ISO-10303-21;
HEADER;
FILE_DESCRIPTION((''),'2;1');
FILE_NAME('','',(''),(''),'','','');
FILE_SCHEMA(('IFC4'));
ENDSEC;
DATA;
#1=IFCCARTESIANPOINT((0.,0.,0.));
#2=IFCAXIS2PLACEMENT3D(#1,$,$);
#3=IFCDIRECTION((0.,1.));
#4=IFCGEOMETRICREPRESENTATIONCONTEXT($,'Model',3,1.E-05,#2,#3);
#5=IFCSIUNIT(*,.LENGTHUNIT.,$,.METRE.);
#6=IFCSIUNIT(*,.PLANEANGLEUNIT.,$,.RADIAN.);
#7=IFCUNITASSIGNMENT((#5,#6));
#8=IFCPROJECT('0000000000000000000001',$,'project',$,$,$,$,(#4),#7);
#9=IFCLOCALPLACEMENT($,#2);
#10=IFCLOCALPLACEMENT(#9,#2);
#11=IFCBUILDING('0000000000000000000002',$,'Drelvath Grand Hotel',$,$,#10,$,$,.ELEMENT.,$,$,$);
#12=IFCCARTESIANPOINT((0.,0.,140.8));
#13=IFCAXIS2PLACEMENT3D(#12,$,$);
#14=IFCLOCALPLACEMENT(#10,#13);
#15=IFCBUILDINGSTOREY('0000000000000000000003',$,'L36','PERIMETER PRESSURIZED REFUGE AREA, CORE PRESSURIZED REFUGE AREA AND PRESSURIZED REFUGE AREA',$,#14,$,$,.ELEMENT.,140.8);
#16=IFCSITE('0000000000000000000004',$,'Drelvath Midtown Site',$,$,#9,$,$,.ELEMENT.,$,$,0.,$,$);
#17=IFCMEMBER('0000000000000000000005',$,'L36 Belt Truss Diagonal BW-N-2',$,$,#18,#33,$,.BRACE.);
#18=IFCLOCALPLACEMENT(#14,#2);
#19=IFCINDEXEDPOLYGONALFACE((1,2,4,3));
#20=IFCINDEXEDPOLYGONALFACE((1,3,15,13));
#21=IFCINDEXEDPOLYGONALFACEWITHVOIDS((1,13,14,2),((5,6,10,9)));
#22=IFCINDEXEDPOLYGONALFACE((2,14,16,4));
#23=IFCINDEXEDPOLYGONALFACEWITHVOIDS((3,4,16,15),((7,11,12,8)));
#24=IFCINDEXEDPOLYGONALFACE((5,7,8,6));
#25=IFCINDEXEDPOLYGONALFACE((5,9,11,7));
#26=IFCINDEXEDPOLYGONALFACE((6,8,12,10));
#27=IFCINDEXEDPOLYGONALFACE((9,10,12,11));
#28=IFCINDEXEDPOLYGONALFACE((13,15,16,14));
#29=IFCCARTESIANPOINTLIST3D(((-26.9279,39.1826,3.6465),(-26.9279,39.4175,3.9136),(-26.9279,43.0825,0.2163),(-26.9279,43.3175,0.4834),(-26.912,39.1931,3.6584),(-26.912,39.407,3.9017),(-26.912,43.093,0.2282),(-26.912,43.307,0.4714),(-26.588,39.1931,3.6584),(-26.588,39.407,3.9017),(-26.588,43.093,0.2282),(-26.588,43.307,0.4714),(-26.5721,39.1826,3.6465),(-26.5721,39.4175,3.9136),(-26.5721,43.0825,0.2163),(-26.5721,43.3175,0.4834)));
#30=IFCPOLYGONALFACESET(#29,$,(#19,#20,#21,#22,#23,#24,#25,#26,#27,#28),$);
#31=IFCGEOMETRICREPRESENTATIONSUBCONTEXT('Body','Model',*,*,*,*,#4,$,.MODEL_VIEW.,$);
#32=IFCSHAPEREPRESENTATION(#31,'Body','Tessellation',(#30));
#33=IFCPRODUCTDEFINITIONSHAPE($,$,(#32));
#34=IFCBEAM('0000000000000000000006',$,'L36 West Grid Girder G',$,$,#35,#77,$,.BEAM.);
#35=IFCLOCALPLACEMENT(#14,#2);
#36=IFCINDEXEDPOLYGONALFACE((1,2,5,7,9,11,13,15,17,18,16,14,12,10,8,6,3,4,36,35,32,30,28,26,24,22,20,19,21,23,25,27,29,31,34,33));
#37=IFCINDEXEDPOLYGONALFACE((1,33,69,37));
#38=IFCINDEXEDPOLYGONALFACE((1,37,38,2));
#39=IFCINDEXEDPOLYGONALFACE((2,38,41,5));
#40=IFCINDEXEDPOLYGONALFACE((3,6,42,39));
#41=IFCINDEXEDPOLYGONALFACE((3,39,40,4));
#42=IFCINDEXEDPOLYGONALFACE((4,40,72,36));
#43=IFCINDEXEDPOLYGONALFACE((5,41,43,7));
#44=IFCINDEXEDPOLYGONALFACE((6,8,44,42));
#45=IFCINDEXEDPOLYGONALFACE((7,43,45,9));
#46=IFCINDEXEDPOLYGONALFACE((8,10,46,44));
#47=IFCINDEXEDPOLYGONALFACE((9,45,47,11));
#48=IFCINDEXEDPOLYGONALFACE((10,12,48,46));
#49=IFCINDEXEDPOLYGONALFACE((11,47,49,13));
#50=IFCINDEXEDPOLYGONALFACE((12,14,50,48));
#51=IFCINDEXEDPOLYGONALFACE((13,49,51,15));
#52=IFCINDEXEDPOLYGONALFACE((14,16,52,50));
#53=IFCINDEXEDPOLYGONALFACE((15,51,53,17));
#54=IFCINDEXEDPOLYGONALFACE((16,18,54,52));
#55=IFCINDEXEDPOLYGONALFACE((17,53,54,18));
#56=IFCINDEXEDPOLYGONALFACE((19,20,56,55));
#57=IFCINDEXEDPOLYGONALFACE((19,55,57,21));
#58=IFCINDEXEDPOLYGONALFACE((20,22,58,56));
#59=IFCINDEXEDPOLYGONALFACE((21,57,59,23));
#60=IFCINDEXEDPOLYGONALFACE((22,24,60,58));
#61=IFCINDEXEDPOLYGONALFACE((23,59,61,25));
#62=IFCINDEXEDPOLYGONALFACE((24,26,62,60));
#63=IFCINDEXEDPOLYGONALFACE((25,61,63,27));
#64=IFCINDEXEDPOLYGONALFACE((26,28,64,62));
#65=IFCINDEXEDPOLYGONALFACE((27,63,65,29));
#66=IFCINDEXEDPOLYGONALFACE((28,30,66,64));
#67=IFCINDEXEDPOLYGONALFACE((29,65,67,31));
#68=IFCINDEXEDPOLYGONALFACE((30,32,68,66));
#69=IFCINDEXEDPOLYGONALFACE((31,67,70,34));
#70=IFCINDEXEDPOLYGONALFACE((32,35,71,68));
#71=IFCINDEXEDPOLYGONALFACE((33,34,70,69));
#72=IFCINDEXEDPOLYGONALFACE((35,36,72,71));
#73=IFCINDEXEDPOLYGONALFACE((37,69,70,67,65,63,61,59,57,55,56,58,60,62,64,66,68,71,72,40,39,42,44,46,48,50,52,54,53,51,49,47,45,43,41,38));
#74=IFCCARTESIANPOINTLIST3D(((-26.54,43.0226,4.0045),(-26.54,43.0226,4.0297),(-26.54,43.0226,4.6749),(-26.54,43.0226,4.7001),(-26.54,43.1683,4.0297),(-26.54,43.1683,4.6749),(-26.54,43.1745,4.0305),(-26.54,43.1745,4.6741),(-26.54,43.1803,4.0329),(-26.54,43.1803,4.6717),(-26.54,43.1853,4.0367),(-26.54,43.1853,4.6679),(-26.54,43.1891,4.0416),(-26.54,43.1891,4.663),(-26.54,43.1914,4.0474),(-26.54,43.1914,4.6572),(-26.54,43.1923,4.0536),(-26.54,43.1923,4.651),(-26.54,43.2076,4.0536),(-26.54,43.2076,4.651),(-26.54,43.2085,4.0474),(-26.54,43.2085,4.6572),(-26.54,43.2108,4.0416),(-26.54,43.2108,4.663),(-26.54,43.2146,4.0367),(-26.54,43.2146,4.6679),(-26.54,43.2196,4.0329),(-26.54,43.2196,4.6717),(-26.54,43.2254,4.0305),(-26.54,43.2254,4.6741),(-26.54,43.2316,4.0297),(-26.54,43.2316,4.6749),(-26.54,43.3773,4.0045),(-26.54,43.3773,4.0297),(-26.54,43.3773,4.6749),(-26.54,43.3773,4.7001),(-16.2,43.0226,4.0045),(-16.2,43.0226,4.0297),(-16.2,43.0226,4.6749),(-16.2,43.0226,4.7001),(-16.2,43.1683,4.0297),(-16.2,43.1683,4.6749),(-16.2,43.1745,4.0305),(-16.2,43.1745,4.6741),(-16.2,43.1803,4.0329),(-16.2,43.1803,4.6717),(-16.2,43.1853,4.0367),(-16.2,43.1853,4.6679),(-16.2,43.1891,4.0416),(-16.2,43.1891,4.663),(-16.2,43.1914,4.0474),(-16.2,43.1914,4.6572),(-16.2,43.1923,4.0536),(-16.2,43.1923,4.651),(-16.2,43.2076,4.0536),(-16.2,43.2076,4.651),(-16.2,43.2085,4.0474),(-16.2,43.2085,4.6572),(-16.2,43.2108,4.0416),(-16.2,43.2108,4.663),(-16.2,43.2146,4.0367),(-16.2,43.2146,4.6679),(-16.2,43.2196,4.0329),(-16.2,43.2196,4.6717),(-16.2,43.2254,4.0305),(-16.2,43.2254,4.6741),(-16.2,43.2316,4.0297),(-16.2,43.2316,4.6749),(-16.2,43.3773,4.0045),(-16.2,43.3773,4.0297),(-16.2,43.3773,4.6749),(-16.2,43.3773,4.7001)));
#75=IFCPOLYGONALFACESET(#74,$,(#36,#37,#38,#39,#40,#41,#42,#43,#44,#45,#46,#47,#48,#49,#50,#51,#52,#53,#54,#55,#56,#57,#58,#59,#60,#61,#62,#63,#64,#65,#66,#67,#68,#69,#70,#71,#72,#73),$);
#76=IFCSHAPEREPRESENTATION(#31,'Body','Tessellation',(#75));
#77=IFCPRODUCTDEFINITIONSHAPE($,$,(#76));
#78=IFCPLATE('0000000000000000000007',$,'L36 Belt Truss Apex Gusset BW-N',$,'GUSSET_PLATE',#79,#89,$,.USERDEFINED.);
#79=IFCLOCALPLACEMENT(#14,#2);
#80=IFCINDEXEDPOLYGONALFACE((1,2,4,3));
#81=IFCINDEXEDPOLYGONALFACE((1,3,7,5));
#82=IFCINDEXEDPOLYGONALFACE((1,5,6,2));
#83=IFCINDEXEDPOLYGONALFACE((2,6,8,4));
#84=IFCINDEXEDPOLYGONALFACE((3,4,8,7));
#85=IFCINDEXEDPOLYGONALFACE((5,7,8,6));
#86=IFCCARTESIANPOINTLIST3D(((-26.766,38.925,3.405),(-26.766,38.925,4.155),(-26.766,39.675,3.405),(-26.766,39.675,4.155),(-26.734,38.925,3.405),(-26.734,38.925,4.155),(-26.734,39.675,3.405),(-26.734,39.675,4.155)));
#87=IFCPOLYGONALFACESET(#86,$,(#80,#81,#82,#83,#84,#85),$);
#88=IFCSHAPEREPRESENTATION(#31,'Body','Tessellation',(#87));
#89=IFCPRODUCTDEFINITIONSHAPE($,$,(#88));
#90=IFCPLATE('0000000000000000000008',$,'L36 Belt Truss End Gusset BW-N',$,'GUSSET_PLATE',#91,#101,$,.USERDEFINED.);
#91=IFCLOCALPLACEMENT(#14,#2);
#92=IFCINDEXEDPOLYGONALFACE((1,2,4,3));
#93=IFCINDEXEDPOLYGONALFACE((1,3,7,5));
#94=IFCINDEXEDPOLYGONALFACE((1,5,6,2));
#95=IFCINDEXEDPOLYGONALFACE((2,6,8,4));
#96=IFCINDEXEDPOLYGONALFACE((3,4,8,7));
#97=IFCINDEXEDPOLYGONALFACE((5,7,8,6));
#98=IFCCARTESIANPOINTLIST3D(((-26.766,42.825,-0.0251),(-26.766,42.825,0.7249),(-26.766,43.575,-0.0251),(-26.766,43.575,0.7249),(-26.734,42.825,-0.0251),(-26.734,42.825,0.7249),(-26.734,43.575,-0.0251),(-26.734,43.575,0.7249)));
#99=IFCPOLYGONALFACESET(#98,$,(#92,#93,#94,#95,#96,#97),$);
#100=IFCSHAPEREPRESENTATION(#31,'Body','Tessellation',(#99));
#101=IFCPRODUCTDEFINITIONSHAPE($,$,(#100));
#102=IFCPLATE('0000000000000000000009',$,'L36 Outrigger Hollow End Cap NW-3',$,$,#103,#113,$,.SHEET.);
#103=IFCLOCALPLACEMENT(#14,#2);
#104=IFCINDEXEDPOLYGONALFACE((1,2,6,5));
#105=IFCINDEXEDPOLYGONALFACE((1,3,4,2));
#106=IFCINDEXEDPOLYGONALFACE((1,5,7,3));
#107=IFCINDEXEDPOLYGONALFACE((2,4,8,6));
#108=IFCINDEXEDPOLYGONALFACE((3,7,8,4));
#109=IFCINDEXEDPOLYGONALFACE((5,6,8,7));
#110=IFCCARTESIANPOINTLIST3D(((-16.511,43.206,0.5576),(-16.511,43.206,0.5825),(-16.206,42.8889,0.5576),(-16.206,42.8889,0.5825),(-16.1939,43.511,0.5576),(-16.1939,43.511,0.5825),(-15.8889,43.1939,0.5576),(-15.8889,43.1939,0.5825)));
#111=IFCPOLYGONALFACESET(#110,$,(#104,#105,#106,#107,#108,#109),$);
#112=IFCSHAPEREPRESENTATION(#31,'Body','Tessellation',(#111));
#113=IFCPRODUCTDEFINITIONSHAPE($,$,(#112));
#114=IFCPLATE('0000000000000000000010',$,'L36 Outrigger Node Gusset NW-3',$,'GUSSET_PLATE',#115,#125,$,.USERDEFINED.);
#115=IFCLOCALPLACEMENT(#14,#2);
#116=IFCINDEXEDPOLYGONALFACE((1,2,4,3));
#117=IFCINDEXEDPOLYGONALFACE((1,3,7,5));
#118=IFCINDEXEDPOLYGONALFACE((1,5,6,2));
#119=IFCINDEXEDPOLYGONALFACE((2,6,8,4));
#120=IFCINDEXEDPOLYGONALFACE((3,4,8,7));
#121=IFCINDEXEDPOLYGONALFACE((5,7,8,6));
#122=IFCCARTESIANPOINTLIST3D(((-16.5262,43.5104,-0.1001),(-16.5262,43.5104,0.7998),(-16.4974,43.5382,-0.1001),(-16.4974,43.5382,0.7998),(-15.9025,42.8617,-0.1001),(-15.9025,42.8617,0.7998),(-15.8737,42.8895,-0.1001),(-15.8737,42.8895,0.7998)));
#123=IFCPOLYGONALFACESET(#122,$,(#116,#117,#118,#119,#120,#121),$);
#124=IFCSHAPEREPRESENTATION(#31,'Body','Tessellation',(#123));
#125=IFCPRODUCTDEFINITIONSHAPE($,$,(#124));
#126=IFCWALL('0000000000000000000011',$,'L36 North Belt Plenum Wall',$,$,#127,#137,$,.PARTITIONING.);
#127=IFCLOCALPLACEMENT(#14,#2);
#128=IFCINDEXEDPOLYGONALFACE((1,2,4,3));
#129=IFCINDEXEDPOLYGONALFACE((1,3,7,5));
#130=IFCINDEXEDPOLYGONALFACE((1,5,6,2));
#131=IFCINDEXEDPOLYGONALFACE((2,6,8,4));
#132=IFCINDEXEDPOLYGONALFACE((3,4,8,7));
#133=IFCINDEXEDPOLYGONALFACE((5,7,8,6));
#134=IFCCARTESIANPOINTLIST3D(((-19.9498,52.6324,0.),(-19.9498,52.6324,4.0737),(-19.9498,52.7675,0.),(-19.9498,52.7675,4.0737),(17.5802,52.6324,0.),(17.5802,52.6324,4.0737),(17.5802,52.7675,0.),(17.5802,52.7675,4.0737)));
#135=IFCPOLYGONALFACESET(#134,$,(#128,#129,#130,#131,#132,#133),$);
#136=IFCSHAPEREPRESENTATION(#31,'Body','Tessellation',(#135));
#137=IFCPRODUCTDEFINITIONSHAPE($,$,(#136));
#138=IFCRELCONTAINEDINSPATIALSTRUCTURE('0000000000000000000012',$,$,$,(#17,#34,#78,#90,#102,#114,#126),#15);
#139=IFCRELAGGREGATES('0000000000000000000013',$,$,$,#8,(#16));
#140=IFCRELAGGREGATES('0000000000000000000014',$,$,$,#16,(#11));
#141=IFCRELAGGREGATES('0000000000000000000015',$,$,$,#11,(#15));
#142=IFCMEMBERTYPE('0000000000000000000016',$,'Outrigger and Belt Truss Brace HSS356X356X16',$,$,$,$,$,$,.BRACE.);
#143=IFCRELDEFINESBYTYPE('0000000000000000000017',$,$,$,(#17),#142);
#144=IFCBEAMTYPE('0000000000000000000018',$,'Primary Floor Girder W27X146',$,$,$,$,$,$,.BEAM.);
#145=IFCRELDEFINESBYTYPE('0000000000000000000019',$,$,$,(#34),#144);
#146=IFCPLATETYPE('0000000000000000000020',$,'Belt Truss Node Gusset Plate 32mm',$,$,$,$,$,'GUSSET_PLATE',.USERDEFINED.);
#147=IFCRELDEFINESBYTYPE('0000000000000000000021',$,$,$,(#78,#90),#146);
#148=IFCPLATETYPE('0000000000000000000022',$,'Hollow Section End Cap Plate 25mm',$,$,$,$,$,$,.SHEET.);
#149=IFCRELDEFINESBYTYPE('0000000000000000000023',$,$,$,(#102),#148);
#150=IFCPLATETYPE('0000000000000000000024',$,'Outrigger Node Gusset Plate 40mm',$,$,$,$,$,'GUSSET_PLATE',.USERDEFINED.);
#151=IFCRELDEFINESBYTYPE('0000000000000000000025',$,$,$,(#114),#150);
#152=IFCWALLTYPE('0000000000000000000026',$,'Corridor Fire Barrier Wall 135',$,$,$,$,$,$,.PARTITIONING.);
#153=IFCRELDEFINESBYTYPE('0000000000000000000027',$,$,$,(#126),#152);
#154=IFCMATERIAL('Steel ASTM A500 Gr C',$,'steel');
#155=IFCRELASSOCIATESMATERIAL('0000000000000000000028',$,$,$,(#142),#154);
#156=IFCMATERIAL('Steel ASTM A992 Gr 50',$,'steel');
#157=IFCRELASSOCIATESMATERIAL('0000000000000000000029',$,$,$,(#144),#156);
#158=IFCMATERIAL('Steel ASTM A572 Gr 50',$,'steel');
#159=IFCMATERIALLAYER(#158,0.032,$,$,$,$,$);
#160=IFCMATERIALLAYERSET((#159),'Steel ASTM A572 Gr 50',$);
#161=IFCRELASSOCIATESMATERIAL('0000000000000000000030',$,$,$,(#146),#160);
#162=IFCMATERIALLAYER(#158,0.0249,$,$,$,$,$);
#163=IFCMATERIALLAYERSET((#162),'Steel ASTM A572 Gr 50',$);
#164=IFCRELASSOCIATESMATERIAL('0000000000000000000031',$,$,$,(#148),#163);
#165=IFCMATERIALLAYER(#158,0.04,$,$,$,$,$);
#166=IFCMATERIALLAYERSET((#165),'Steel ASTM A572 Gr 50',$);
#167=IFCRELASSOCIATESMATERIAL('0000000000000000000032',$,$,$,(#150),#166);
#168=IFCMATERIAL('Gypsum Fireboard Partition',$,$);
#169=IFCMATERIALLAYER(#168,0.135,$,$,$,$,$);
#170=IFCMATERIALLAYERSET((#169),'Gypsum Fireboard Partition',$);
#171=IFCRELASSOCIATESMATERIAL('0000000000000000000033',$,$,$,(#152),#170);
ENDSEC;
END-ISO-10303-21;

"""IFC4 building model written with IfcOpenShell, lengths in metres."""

from ifc_helpers import new_model, si_unit, direction, frame, frame_2d, origin, origin_2d, place, context, subcontext, project, spatial, rectangle, hollow_rectangle, i_section, extrude, material, layer, layer_set, material_profile, profile_set, type_object, element, save


model = new_model("IFC4")

# Units and contexts
model_context = context("Model", 3, precision=1e-05, world=origin(), true_north=direction((0.0, 1.0)))
body_context = subcontext(model_context, "Body", "Model", "MODEL_VIEW")
ifc_project = project(units=[si_unit("LENGTHUNIT", "METRE"), si_unit("PLANEANGLEUNIT", "RADIAN")], contexts=[model_context])

# Site, building, storey
site_placement = place(None, origin())
site = spatial("IfcSite", under=ifc_project, at=site_placement, Name="Drelvath Midtown Site", CompositionType="ELEMENT", RefElevation=0.0)
building_placement = place(site_placement, origin())
building = spatial("IfcBuilding", under=site, at=building_placement, Name="Drelvath Grand Hotel", CompositionType="ELEMENT")
storey_placement = place(building_placement, frame((0.0, 0.0, 140.8)))
storey = spatial("IfcBuildingStorey", under=building, at=storey_placement, Name="L36", Description="PERIMETER PRESSURIZED REFUGE AREA, CORE PRESSURIZED REFUGE AREA AND PRESSURIZED REFUGE AREA", CompositionType="ELEMENT", Elevation=140.8)

# Shared definitions
ifc_material_1 = material(Name="Steel ASTM A572 Gr 50", Category="steel")
ifc_material_2 = material(Name="Steel ASTM A992 Gr 50", Category="steel")

# Member
ifc_material_3 = material(Name="Steel ASTM A500 Gr C", Category="steel")
ifc_material_profile_1 = material_profile(ifc_material_3, hollow_rectangle(XDim=0.3557, YDim=0.3557, WallThickness=0.0159, at=origin_2d()), Name="HSS356X356X16")
ifc_profile_set_1 = profile_set([ifc_material_profile_1], Name="Steel ASTM A500 Gr C")
member_type = type_object("IfcMemberType", Name="Outrigger and Belt Truss Brace HSS356X356X16", PredefinedType="BRACE", material=ifc_profile_set_1)
member_placement = place(storey_placement, frame((-26.75, 39.3, 3.78), z_axis=(0.0, 0.750879, -0.660439), x_axis=(-1.0, 0.0, 0.0)))
element("IfcMember", 1, at=member_placement, inside=storey, type_object=member_type, Name="L36 Belt Truss Diagonal BW-N-2", PredefinedType="BRACE", context=body_context, shape_type="SweptSolid", body=[
    extrude(hollow_rectangle(XDim=0.3557, YDim=0.3557, WallThickness=0.0159, at=origin_2d()), origin(), (0.0, 0.0, 1.0), 5.1938),
])

# Beam
ifc_material_profile_2 = material_profile(ifc_material_2, i_section(OverallWidth=0.3547, OverallDepth=0.6956, WebThickness=0.0154, FlangeThickness=0.0251, FilletRadius=0.0239, at=origin_2d()), Name="W27X146")
ifc_profile_set_2 = profile_set([ifc_material_profile_2], Name="Steel ASTM A992 Gr 50")
beam_type_1 = type_object("IfcBeamType", Name="Primary Floor Girder W27X146", PredefinedType="BEAM", material=ifc_profile_set_2)
beam_1_placement = place(storey_placement, frame((-26.54, 43.2, 4.3523), z_axis=(1.0, 0.0, 0.0), x_axis=(0.0, 1.0, 0.0)))
element("IfcBeam", 2, at=beam_1_placement, inside=storey, type_object=beam_type_1, Name="L36 West Grid Girder G", PredefinedType="BEAM", context=body_context, shape_type="SweptSolid", body=[
    extrude(i_section(OverallWidth=0.3547, OverallDepth=0.6956, WebThickness=0.0154, FlangeThickness=0.0251, FilletRadius=0.0239, at=origin_2d()), origin(), (0.0, 0.0, 1.0), 10.3401),
])

# Plates
ifc_layer_1 = layer(ifc_material_1, 0.032)
ifc_layer_set_1 = layer_set([ifc_layer_1], Name="Steel ASTM A572 Gr 50")
plate_type_1 = type_object("IfcPlateType", Name="Belt Truss Node Gusset Plate 32mm", ElementType="GUSSET_PLATE", PredefinedType="USERDEFINED", material=ifc_layer_set_1)
for number, where, z_axis, x_axis, name in (
    (3, (-26.75, 39.3, 3.405), (0.0, 0.0, 1.0), (0.0, 1.0, 0.0), "L36 Belt Truss Apex Gusset BW-N"),
    (4, (-26.75, 43.2, -0.0251), (0.0, 0.0, 1.0), (0.0, 1.0, 0.0), "L36 Belt Truss End Gusset BW-N"),
):
    element("IfcPlate", number, at=place(storey_placement, frame(where, z_axis=z_axis, x_axis=x_axis)), inside=storey, type_object=plate_type_1, Name=name, ObjectType="GUSSET_PLATE", PredefinedType="USERDEFINED", context=body_context, shape_type="SweptSolid", body=[
        extrude(rectangle(XDim=0.75, YDim=0.032, at=origin_2d()), origin(), (0.0, 0.0, 1.0), 0.75),
    ])
ifc_layer_2 = layer(ifc_material_1, 0.0249)
ifc_layer_set_2 = layer_set([ifc_layer_2], Name="Steel ASTM A572 Gr 50")
plate_type_2 = type_object("IfcPlateType", Name="Hollow Section End Cap Plate 25mm", PredefinedType="SHEET", material=ifc_layer_set_2)
plate_1_placement = place(storey_placement, frame((-16.2, 43.2, 0.5576), z_axis=(0.0, 0.0, 1.0), x_axis=(-0.693109, 0.720833, 0.0)))
element("IfcPlate", 5, at=plate_1_placement, inside=storey, type_object=plate_type_2, Name="L36 Outrigger Hollow End Cap NW-3", PredefinedType="SHEET", context=body_context, shape_type="SweptSolid", body=[
    extrude(rectangle(XDim=0.4399, YDim=0.4399, at=origin_2d()), origin(), (0.0, 0.0, 1.0), 0.0249),
])
ifc_layer_3 = layer(ifc_material_1, 0.04)
ifc_layer_set_3 = layer_set([ifc_layer_3], Name="Steel ASTM A572 Gr 50")
plate_type_3 = type_object("IfcPlateType", Name="Outrigger Node Gusset Plate 40mm", ElementType="GUSSET_PLATE", PredefinedType="USERDEFINED", material=ifc_layer_set_3)
plate_2_placement = place(storey_placement, frame((-16.2, 43.2, -0.1001), z_axis=(0.0, 0.0, 1.0), x_axis=(-0.693109, 0.720833, 0.0)))
element("IfcPlate", 6, at=plate_2_placement, inside=storey, type_object=plate_type_3, Name="L36 Outrigger Node Gusset NW-3", ObjectType="GUSSET_PLATE", PredefinedType="USERDEFINED", context=body_context, shape_type="SweptSolid", body=[
    extrude(rectangle(XDim=0.8999, YDim=0.04, at=origin_2d()), origin(), (0.0, 0.0, 1.0), 0.8999),
])

# Wall
ifc_material_4 = material(Name="Gypsum Fireboard Partition")
ifc_layer_4 = layer(ifc_material_4, 0.135)
ifc_layer_set_4 = layer_set([ifc_layer_4], Name="Gypsum Fireboard Partition")
wall_type_1 = type_object("IfcWallType", Name="Corridor Fire Barrier Wall 135", PredefinedType="PARTITIONING", material=ifc_layer_set_4)
wall_1_placement = place(storey_placement, frame((-19.95, 52.7, 0.0), z_axis=(0.0, 0.0, 1.0), x_axis=(1.0, 0.0, 0.0)))
element("IfcWall", 7, at=wall_1_placement, inside=storey, type_object=wall_type_1, Name="L36 North Belt Plenum Wall", PredefinedType="PARTITIONING", context=body_context, shape_type="SweptSolid", body=[
    extrude(rectangle(XDim=37.53, YDim=0.135, at=frame_2d((18.7651, 0.0))), origin(), (0.0, 0.0, 1.0), 4.0737),
])

save(model, "model.ifc")
